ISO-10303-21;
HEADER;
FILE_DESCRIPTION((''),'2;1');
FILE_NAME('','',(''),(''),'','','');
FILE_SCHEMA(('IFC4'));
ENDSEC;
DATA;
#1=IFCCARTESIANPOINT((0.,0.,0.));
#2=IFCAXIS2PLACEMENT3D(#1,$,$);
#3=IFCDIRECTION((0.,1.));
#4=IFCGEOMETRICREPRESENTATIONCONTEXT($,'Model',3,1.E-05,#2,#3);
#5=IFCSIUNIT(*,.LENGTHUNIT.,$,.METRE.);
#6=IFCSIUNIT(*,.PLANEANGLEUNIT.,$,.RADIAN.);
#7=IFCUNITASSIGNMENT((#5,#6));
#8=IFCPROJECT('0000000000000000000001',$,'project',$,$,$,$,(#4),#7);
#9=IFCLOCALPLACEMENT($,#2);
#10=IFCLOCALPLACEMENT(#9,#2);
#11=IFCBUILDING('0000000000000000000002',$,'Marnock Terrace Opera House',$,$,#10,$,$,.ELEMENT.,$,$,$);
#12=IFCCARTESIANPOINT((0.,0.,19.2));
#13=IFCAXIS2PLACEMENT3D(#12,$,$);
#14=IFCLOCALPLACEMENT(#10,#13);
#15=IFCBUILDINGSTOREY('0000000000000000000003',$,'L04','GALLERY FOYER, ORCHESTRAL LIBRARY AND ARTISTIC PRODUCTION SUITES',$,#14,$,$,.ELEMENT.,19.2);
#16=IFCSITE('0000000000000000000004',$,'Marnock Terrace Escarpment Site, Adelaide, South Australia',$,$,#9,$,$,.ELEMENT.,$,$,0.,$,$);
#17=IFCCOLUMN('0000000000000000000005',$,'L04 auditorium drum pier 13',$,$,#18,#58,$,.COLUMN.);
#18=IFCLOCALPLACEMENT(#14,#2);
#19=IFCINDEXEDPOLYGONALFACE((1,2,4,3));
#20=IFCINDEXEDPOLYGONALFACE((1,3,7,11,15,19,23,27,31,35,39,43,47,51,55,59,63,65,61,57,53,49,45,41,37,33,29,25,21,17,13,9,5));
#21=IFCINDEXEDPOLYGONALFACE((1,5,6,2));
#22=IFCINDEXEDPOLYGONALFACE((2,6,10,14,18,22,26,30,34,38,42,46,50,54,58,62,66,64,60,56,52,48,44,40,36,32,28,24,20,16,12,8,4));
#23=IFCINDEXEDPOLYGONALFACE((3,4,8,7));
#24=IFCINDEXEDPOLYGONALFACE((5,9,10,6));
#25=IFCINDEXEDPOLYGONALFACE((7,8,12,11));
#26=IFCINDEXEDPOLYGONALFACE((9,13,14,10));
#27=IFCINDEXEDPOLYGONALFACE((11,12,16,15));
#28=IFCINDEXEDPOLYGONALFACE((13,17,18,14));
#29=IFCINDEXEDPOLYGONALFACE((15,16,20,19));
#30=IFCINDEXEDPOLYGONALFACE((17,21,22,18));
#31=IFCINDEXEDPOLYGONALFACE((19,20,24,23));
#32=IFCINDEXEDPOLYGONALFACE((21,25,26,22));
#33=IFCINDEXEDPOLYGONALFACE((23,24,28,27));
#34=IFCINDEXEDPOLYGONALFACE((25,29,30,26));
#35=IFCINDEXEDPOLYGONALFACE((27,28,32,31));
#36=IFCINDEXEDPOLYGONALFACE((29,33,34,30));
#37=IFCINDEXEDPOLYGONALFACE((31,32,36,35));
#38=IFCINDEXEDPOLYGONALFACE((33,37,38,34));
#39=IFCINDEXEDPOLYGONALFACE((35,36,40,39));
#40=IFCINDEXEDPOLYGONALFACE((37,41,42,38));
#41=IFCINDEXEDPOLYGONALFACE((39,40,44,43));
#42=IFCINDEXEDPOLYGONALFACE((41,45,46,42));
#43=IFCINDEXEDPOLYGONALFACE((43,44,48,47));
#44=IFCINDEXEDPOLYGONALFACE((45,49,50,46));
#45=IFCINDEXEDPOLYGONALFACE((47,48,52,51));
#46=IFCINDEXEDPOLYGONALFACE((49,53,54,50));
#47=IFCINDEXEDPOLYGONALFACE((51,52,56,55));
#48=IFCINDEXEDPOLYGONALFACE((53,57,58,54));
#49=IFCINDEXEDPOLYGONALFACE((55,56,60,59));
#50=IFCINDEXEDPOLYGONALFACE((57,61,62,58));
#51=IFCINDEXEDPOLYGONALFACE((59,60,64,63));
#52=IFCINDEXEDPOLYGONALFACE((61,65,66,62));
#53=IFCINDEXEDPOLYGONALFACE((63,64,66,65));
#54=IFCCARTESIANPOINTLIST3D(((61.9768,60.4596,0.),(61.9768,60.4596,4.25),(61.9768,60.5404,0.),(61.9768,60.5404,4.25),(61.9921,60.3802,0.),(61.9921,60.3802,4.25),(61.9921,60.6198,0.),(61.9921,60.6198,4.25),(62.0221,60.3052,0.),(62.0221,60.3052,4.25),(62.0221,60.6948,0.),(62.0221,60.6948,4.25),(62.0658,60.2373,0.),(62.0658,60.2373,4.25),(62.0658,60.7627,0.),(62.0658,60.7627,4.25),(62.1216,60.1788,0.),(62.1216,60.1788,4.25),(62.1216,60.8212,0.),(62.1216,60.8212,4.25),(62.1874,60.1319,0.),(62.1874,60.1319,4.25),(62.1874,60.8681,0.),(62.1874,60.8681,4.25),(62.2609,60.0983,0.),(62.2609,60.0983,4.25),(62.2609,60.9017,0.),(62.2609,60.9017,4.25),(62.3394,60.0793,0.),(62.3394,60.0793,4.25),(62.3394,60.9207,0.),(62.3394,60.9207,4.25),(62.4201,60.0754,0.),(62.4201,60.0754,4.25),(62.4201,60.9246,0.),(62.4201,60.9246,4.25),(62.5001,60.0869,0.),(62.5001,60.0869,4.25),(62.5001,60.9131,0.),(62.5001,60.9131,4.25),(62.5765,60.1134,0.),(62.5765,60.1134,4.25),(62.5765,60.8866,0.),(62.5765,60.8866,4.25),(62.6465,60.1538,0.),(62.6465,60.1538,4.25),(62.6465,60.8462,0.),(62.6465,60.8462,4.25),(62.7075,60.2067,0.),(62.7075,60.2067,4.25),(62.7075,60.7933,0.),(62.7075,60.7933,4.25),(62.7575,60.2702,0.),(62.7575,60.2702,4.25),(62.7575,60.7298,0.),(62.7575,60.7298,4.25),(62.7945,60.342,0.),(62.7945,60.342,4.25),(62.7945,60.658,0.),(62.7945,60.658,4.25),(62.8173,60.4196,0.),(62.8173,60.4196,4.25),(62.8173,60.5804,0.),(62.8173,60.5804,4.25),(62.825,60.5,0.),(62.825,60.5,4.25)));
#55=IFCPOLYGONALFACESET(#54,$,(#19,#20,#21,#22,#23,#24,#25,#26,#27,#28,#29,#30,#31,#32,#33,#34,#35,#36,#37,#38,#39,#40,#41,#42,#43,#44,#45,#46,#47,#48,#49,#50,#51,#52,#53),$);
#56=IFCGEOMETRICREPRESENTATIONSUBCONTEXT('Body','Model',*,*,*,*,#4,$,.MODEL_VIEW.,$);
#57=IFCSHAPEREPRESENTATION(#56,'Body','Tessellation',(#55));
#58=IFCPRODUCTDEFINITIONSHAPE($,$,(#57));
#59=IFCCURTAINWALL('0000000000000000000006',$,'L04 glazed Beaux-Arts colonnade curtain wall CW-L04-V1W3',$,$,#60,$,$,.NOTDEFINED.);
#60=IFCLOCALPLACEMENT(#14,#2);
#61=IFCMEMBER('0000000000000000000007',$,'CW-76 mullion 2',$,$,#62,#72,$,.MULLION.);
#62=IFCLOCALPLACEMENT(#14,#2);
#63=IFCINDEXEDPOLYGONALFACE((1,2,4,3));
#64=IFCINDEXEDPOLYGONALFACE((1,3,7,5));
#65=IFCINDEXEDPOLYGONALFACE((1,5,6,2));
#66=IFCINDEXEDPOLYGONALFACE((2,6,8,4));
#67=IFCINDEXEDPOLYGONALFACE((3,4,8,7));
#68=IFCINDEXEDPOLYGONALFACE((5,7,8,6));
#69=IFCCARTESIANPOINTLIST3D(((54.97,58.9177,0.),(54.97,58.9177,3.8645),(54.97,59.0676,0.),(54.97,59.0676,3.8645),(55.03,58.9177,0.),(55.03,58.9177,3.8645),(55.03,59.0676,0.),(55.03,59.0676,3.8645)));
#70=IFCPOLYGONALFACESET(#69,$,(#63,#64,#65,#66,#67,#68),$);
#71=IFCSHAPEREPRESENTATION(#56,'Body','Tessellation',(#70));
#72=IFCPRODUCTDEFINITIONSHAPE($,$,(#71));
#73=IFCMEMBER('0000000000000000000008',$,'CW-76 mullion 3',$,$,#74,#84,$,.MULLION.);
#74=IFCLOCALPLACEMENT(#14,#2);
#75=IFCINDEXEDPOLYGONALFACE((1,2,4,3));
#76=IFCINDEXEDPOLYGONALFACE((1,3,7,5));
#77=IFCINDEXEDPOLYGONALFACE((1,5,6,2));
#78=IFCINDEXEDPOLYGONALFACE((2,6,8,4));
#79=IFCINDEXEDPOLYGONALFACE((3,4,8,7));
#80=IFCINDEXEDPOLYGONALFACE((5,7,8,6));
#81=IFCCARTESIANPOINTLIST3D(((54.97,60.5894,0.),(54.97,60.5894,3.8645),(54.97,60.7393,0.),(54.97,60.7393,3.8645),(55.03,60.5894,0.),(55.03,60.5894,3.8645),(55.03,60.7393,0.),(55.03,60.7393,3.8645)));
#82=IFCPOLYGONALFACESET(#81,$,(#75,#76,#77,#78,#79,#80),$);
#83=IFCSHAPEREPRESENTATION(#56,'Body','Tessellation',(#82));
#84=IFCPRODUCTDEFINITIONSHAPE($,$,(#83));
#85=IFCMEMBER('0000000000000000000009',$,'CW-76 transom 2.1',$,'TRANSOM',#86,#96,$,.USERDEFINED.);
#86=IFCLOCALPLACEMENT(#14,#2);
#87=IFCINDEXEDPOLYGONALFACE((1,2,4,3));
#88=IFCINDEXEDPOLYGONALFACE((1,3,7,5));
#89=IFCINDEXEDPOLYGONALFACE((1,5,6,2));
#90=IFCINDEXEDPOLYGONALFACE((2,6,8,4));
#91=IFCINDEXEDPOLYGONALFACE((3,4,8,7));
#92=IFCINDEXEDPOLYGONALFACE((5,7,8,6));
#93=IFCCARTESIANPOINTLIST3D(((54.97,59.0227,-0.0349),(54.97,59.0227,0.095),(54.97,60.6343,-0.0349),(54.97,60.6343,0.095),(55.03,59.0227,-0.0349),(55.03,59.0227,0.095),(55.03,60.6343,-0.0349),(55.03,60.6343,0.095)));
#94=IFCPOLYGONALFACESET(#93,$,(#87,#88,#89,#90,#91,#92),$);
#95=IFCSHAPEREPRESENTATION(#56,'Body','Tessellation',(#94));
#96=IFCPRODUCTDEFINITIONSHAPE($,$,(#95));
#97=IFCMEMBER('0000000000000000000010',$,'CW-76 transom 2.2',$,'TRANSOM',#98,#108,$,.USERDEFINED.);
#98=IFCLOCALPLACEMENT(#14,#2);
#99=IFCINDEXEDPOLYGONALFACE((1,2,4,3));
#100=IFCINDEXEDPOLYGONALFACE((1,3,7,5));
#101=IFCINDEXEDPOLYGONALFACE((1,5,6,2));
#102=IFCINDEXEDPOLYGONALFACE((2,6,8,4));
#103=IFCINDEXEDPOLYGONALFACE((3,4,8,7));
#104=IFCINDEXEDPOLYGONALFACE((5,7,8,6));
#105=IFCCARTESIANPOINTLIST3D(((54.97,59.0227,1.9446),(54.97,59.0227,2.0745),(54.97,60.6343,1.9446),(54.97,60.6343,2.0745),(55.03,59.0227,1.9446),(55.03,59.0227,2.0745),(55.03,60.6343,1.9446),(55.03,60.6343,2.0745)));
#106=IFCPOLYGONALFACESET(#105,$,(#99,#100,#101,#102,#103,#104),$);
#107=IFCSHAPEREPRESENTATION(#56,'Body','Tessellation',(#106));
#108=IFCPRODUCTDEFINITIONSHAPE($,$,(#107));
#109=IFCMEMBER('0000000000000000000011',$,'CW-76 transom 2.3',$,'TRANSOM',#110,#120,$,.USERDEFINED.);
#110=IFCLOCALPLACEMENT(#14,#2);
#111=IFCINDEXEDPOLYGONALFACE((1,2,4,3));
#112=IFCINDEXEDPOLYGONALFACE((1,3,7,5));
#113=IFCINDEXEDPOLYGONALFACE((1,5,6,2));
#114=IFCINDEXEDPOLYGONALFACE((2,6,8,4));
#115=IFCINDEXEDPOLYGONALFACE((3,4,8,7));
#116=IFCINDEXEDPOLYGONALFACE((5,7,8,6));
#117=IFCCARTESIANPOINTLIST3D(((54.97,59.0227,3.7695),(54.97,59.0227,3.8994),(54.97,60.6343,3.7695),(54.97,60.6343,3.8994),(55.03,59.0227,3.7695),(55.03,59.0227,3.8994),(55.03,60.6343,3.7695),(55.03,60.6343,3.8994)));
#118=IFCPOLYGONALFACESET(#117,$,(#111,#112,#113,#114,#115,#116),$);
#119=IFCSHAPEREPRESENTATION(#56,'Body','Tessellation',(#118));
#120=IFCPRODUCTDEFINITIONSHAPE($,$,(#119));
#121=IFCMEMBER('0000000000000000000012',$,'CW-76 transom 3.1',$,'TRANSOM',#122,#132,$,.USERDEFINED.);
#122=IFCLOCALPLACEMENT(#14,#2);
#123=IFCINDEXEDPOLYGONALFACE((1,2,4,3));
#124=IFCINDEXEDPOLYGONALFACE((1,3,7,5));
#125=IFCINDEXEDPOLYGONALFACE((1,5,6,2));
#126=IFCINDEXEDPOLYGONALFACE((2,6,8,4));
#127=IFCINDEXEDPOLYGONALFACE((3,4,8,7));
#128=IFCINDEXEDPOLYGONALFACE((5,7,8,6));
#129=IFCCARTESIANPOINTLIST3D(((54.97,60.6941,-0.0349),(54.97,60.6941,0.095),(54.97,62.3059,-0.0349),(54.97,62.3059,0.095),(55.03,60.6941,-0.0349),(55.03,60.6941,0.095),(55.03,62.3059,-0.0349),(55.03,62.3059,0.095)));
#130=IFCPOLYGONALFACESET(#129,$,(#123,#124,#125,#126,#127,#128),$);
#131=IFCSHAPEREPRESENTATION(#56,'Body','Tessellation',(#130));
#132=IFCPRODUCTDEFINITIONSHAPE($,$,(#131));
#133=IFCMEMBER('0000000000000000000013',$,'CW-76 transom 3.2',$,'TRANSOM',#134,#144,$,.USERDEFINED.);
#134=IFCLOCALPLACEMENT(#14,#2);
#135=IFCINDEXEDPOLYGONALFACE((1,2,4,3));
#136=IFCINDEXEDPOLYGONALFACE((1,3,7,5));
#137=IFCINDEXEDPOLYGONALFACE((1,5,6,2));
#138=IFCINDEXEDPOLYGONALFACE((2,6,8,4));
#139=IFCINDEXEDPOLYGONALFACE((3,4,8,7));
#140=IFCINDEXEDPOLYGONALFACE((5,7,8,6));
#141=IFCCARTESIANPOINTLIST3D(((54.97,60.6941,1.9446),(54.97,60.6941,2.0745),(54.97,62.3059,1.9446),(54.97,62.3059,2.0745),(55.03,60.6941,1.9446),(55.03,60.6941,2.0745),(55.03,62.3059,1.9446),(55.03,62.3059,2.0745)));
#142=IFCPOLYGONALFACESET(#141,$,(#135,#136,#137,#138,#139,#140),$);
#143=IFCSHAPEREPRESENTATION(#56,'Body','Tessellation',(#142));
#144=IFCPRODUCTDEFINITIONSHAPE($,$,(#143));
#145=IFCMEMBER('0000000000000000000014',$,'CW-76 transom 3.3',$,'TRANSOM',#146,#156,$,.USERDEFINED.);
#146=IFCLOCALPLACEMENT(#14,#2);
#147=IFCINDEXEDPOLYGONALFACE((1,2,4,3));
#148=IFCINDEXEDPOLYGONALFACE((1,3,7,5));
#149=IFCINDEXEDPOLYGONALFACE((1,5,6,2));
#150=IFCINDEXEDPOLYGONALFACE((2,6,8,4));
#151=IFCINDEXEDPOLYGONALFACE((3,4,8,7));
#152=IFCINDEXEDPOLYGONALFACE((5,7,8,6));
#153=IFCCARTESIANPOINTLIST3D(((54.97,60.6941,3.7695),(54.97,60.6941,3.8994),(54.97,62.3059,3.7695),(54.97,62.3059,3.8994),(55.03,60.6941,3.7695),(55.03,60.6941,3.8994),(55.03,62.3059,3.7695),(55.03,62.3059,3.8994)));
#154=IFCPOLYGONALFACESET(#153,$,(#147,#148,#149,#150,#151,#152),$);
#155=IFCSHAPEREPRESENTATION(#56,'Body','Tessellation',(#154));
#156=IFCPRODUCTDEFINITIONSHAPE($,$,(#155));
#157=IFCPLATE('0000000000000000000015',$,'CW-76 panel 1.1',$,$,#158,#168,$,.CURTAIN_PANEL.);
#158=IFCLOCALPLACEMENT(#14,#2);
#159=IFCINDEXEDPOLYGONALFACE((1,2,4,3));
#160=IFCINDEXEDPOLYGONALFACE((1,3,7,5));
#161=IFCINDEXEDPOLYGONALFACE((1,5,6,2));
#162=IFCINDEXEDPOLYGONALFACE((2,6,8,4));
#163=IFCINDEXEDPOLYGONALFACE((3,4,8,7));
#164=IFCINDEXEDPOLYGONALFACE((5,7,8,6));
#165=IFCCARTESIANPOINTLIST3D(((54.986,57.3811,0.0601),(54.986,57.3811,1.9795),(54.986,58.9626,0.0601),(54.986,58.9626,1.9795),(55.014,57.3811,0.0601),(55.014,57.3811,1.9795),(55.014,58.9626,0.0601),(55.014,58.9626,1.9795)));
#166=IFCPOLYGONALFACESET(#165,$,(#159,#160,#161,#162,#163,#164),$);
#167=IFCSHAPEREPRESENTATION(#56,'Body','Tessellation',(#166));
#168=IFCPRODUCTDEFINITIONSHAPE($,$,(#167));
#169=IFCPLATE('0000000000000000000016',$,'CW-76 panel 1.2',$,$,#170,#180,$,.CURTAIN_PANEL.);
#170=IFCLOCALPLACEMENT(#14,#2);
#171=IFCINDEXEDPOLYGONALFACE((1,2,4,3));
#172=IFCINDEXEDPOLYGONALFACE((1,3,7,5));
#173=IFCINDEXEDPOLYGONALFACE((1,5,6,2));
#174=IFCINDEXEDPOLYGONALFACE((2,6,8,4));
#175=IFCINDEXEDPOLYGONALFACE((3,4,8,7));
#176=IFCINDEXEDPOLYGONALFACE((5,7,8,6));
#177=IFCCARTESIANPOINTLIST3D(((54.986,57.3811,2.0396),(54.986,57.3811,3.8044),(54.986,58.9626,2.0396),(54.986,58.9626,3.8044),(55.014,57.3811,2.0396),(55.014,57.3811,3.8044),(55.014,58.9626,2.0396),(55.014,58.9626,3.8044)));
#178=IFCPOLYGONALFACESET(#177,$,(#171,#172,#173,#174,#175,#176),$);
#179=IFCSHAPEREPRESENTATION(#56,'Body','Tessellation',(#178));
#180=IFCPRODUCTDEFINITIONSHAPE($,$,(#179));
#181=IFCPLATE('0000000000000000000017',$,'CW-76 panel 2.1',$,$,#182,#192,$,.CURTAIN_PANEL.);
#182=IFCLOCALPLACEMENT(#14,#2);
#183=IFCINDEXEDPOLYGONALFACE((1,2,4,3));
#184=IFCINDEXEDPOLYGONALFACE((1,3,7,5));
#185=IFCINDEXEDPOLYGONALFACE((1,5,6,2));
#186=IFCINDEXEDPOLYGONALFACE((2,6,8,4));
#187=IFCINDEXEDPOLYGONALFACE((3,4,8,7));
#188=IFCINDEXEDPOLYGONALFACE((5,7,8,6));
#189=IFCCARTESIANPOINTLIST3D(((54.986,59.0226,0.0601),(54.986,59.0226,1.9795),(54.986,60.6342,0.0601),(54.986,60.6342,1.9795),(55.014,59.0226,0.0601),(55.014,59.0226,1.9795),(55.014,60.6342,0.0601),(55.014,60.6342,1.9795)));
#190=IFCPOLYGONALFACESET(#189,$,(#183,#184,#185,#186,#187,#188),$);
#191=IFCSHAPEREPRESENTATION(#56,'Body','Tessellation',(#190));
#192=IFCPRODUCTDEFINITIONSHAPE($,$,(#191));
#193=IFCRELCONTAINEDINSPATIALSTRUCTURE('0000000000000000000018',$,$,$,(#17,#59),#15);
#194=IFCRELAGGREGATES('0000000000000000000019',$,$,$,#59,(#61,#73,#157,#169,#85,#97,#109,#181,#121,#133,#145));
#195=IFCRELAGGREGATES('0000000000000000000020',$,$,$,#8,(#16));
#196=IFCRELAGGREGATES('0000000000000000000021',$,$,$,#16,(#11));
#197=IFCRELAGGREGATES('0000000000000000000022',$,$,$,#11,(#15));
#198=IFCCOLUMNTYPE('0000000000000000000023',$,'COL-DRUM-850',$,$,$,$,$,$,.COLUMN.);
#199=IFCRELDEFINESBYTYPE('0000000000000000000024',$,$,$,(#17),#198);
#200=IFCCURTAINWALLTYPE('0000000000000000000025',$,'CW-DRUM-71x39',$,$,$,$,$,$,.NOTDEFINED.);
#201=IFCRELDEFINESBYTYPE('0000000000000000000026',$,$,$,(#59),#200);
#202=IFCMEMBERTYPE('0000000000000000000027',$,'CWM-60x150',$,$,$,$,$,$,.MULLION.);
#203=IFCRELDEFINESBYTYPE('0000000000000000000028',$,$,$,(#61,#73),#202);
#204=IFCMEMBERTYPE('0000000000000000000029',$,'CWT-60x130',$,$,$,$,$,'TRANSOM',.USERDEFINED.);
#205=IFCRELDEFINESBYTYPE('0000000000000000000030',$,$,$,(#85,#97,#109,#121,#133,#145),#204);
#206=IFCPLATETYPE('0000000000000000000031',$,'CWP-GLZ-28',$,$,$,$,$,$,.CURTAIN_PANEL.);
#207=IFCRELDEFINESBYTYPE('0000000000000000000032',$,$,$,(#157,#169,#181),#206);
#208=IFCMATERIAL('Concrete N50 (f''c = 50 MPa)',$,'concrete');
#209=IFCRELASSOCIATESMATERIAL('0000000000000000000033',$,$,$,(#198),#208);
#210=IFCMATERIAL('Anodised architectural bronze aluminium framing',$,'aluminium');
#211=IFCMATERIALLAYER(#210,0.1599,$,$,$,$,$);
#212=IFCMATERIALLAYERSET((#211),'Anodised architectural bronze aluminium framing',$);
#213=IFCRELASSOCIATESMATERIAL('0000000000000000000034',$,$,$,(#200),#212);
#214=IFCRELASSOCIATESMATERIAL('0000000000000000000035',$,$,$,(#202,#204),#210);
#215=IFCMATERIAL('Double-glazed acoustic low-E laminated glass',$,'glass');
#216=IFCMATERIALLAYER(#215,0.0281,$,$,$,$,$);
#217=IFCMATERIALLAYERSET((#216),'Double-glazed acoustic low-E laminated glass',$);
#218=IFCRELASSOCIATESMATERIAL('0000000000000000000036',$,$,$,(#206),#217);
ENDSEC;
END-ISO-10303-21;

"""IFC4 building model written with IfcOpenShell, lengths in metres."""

from ifc_helpers import new_model, si_unit, direction, frame, origin, origin_2d, place, context, subcontext, project, spatial, rectangle, circle, extrude, material, layer, layer_set, material_profile, profile_set, type_object, element, aggregate, save


model = new_model("IFC4")

# Units and contexts
model_context = context("Model", 3, precision=1e-05, world=origin(), true_north=direction((0.0, 1.0)))
body_context = subcontext(model_context, "Body", "Model", "MODEL_VIEW")
ifc_project = project(units=[si_unit("LENGTHUNIT", "METRE"), si_unit("PLANEANGLEUNIT", "RADIAN")], contexts=[model_context])

# Site, building, storey
site_placement = place(None, origin())
site = spatial("IfcSite", under=ifc_project, at=site_placement, Name="Marnock Terrace Escarpment Site, Adelaide, South Australia", CompositionType="ELEMENT", RefElevation=0.0)
building_placement = place(site_placement, origin())
building = spatial("IfcBuilding", under=site, at=building_placement, Name="Marnock Terrace Opera House", CompositionType="ELEMENT")
storey_placement = place(building_placement, frame((0.0, 0.0, 19.2)))
storey = spatial("IfcBuildingStorey", under=building, at=storey_placement, Name="L04", Description="GALLERY FOYER, ORCHESTRAL LIBRARY AND ARTISTIC PRODUCTION SUITES", CompositionType="ELEMENT", Elevation=19.2)

# Column
ifc_material_1 = material(Name="Concrete N50 (f'c = 50 MPa)", Category="concrete")
ifc_material_profile_1 = material_profile(ifc_material_1, circle(Radius=0.425, at=origin_2d()))
ifc_profile_set_1 = profile_set([ifc_material_profile_1], Name="Concrete N50 (f'c = 50 MPa)")
column_type = type_object("IfcColumnType", Name="COL-DRUM-850", PredefinedType="COLUMN", material=ifc_profile_set_1)
column_placement = place(storey_placement, frame((62.3999, 60.5, 0.0), z_axis=(0.0, 0.0, 1.0), x_axis=(1.0, 0.0, 0.0)))
element("IfcColumn", 1, at=column_placement, inside=storey, type_object=column_type, Name="L04 auditorium drum pier 13", PredefinedType="COLUMN", context=body_context, shape_type="SweptSolid", body=[
    extrude(circle(Radius=0.425, at=origin_2d()), origin(), (0.0, 0.0, 1.0), 4.25),
])

# Curtain wall, members, plates
ifc_material_2 = material(Name="Anodised architectural bronze aluminium framing", Category="aluminium")
ifc_layer_1 = layer(ifc_material_2, 0.1599)
ifc_layer_set_1 = layer_set([ifc_layer_1], Name="Anodised architectural bronze aluminium framing")
curtain_wall_type = type_object("IfcCurtainWallType", Name="CW-DRUM-71x39", PredefinedType="NOTDEFINED", material=ifc_layer_set_1)
curtain_wall_placement = place(storey_placement, origin())
curtain_wall = element("IfcCurtainWall", 2, at=curtain_wall_placement, inside=storey, type_object=curtain_wall_type, Name="L04 glazed Beaux-Arts colonnade curtain wall CW-L04-V1W3", PredefinedType="NOTDEFINED")
ifc_material_profile_2 = material_profile(ifc_material_2, rectangle(XDim=0.0601, YDim=0.1499, at=origin_2d()))
ifc_profile_set_2 = profile_set([ifc_material_profile_2], Name="Anodised architectural bronze aluminium framing")
member_type_1 = type_object("IfcMemberType", Name="CWM-60x150", PredefinedType="MULLION", material=ifc_profile_set_2)
member_1_placement = place(storey_placement, frame((55.0, 58.9927, 0.0), z_axis=(0.0, 0.0, 1.0), x_axis=(-1.0, 0.0, 0.0)))
member_1 = element("IfcMember", 3, at=member_1_placement, type_object=member_type_1, Name="CW-76 mullion 2", PredefinedType="MULLION", context=body_context, shape_type="SweptSolid", body=[
    extrude(rectangle(XDim=0.0601, YDim=0.1499, at=origin_2d()), origin(), (0.0, 0.0, 1.0), 3.8645),
])
member_2_placement = place(storey_placement, frame((55.0, 60.6643, 0.0), z_axis=(0.0, 0.0, 1.0), x_axis=(-1.0, 0.0, 0.0)))
member_2 = element("IfcMember", 4, at=member_2_placement, type_object=member_type_1, Name="CW-76 mullion 3", PredefinedType="MULLION", context=body_context, shape_type="SweptSolid", body=[
    extrude(rectangle(XDim=0.0601, YDim=0.1499, at=origin_2d()), origin(), (0.0, 0.0, 1.0), 3.8645),
])
ifc_material_profile_3 = material_profile(ifc_material_2, rectangle(XDim=0.0601, YDim=0.1299, at=origin_2d()))
ifc_profile_set_3 = profile_set([ifc_material_profile_3], Name="Anodised architectural bronze aluminium framing")
member_type_2 = type_object("IfcMemberType", Name="CWT-60x130", ElementType="TRANSOM", PredefinedType="USERDEFINED", material=ifc_profile_set_3)
member_3_placement = place(storey_placement, frame((55.0, 59.0227, 0.03), z_axis=(0.0, 1.0, 0.0), x_axis=(-1.0, 0.0, 0.0)))
member_3 = element("IfcMember", 5, at=member_3_placement, type_object=member_type_2, Name="CW-76 transom 2.1", ObjectType="TRANSOM", PredefinedType="USERDEFINED", context=body_context, shape_type="SweptSolid", body=[
    extrude(rectangle(XDim=0.0601, YDim=0.1299, at=origin_2d()), origin(), (0.0, 0.0, 1.0), 1.6116),
])
member_4_placement = place(storey_placement, frame((55.0, 59.0227, 2.0095), z_axis=(0.0, 1.0, 0.0), x_axis=(-1.0, 0.0, 0.0)))
member_4 = element("IfcMember", 6, at=member_4_placement, type_object=member_type_2, Name="CW-76 transom 2.2", ObjectType="TRANSOM", PredefinedType="USERDEFINED", context=body_context, shape_type="SweptSolid", body=[
    extrude(rectangle(XDim=0.0601, YDim=0.1299, at=origin_2d()), origin(), (0.0, 0.0, 1.0), 1.6116),
])
member_5_placement = place(storey_placement, frame((55.0, 59.0227, 3.8345), z_axis=(0.0, 1.0, 0.0), x_axis=(-1.0, 0.0, 0.0)))
member_5 = element("IfcMember", 7, at=member_5_placement, type_object=member_type_2, Name="CW-76 transom 2.3", ObjectType="TRANSOM", PredefinedType="USERDEFINED", context=body_context, shape_type="SweptSolid", body=[
    extrude(rectangle(XDim=0.0601, YDim=0.1299, at=origin_2d()), origin(), (0.0, 0.0, 1.0), 1.6116),
])
member_6_placement = place(storey_placement, frame((55.0, 60.6941, 0.03), z_axis=(0.0, 1.0, 0.0), x_axis=(-1.0, 0.0, 0.0)))
member_6 = element("IfcMember", 8, at=member_6_placement, type_object=member_type_2, Name="CW-76 transom 3.1", ObjectType="TRANSOM", PredefinedType="USERDEFINED", context=body_context, shape_type="SweptSolid", body=[
    extrude(rectangle(XDim=0.0601, YDim=0.1299, at=origin_2d()), origin(), (0.0, 0.0, 1.0), 1.6118),
])
member_7_placement = place(storey_placement, frame((55.0, 60.6941, 2.0095), z_axis=(0.0, 1.0, 0.0), x_axis=(-1.0, 0.0, 0.0)))
member_7 = element("IfcMember", 9, at=member_7_placement, type_object=member_type_2, Name="CW-76 transom 3.2", ObjectType="TRANSOM", PredefinedType="USERDEFINED", context=body_context, shape_type="SweptSolid", body=[
    extrude(rectangle(XDim=0.0601, YDim=0.1299, at=origin_2d()), origin(), (0.0, 0.0, 1.0), 1.6118),
])
member_8_placement = place(storey_placement, frame((55.0, 60.6941, 3.8345), z_axis=(0.0, 1.0, 0.0), x_axis=(-1.0, 0.0, 0.0)))
member_8 = element("IfcMember", 10, at=member_8_placement, type_object=member_type_2, Name="CW-76 transom 3.3", ObjectType="TRANSOM", PredefinedType="USERDEFINED", context=body_context, shape_type="SweptSolid", body=[
    extrude(rectangle(XDim=0.0601, YDim=0.1299, at=origin_2d()), origin(), (0.0, 0.0, 1.0), 1.6118),
])
ifc_material_3 = material(Name="Double-glazed acoustic low-E laminated glass", Category="glass")
ifc_layer_2 = layer(ifc_material_3, 0.0281)
ifc_layer_set_2 = layer_set([ifc_layer_2], Name="Double-glazed acoustic low-E laminated glass")
plate_type = type_object("IfcPlateType", Name="CWP-GLZ-28", PredefinedType="CURTAIN_PANEL", material=ifc_layer_set_2)
plate_1_placement = place(storey_placement, frame((55.0, 58.1719, 0.0601), z_axis=(0.0, 0.0, 1.0), x_axis=(0.0, 1.0, 0.0)))
plate_1 = element("IfcPlate", 11, at=plate_1_placement, type_object=plate_type, Name="CW-76 panel 1.1", PredefinedType="CURTAIN_PANEL", context=body_context, shape_type="SweptSolid", body=[
    extrude(rectangle(XDim=1.5815, YDim=0.0281, at=origin_2d()), origin(), (0.0, 0.0, 1.0), 1.9194),
])
plate_2_placement = place(storey_placement, frame((55.0, 58.1719, 2.0396), z_axis=(0.0, 0.0, 1.0), x_axis=(0.0, 1.0, 0.0)))
plate_2 = element("IfcPlate", 12, at=plate_2_placement, type_object=plate_type, Name="CW-76 panel 1.2", PredefinedType="CURTAIN_PANEL", context=body_context, shape_type="SweptSolid", body=[
    extrude(rectangle(XDim=1.5815, YDim=0.0281, at=origin_2d()), origin(), (0.0, 0.0, 1.0), 1.7649),
])
plate_3_placement = place(storey_placement, frame((55.0, 59.8284, 0.0601), z_axis=(0.0, 0.0, 1.0), x_axis=(0.0, 1.0, 0.0)))
plate_3 = element("IfcPlate", 13, at=plate_3_placement, type_object=plate_type, Name="CW-76 panel 2.1", PredefinedType="CURTAIN_PANEL", context=body_context, shape_type="SweptSolid", body=[
    extrude(rectangle(XDim=1.6116, YDim=0.0281, at=origin_2d()), origin(), (0.0, 0.0, 1.0), 1.9194),
])
aggregate(curtain_wall, [member_1, member_2, plate_1, plate_2, member_3, member_4, member_5, plate_3, member_6, member_7, member_8])

save(model, "model.ifc")
